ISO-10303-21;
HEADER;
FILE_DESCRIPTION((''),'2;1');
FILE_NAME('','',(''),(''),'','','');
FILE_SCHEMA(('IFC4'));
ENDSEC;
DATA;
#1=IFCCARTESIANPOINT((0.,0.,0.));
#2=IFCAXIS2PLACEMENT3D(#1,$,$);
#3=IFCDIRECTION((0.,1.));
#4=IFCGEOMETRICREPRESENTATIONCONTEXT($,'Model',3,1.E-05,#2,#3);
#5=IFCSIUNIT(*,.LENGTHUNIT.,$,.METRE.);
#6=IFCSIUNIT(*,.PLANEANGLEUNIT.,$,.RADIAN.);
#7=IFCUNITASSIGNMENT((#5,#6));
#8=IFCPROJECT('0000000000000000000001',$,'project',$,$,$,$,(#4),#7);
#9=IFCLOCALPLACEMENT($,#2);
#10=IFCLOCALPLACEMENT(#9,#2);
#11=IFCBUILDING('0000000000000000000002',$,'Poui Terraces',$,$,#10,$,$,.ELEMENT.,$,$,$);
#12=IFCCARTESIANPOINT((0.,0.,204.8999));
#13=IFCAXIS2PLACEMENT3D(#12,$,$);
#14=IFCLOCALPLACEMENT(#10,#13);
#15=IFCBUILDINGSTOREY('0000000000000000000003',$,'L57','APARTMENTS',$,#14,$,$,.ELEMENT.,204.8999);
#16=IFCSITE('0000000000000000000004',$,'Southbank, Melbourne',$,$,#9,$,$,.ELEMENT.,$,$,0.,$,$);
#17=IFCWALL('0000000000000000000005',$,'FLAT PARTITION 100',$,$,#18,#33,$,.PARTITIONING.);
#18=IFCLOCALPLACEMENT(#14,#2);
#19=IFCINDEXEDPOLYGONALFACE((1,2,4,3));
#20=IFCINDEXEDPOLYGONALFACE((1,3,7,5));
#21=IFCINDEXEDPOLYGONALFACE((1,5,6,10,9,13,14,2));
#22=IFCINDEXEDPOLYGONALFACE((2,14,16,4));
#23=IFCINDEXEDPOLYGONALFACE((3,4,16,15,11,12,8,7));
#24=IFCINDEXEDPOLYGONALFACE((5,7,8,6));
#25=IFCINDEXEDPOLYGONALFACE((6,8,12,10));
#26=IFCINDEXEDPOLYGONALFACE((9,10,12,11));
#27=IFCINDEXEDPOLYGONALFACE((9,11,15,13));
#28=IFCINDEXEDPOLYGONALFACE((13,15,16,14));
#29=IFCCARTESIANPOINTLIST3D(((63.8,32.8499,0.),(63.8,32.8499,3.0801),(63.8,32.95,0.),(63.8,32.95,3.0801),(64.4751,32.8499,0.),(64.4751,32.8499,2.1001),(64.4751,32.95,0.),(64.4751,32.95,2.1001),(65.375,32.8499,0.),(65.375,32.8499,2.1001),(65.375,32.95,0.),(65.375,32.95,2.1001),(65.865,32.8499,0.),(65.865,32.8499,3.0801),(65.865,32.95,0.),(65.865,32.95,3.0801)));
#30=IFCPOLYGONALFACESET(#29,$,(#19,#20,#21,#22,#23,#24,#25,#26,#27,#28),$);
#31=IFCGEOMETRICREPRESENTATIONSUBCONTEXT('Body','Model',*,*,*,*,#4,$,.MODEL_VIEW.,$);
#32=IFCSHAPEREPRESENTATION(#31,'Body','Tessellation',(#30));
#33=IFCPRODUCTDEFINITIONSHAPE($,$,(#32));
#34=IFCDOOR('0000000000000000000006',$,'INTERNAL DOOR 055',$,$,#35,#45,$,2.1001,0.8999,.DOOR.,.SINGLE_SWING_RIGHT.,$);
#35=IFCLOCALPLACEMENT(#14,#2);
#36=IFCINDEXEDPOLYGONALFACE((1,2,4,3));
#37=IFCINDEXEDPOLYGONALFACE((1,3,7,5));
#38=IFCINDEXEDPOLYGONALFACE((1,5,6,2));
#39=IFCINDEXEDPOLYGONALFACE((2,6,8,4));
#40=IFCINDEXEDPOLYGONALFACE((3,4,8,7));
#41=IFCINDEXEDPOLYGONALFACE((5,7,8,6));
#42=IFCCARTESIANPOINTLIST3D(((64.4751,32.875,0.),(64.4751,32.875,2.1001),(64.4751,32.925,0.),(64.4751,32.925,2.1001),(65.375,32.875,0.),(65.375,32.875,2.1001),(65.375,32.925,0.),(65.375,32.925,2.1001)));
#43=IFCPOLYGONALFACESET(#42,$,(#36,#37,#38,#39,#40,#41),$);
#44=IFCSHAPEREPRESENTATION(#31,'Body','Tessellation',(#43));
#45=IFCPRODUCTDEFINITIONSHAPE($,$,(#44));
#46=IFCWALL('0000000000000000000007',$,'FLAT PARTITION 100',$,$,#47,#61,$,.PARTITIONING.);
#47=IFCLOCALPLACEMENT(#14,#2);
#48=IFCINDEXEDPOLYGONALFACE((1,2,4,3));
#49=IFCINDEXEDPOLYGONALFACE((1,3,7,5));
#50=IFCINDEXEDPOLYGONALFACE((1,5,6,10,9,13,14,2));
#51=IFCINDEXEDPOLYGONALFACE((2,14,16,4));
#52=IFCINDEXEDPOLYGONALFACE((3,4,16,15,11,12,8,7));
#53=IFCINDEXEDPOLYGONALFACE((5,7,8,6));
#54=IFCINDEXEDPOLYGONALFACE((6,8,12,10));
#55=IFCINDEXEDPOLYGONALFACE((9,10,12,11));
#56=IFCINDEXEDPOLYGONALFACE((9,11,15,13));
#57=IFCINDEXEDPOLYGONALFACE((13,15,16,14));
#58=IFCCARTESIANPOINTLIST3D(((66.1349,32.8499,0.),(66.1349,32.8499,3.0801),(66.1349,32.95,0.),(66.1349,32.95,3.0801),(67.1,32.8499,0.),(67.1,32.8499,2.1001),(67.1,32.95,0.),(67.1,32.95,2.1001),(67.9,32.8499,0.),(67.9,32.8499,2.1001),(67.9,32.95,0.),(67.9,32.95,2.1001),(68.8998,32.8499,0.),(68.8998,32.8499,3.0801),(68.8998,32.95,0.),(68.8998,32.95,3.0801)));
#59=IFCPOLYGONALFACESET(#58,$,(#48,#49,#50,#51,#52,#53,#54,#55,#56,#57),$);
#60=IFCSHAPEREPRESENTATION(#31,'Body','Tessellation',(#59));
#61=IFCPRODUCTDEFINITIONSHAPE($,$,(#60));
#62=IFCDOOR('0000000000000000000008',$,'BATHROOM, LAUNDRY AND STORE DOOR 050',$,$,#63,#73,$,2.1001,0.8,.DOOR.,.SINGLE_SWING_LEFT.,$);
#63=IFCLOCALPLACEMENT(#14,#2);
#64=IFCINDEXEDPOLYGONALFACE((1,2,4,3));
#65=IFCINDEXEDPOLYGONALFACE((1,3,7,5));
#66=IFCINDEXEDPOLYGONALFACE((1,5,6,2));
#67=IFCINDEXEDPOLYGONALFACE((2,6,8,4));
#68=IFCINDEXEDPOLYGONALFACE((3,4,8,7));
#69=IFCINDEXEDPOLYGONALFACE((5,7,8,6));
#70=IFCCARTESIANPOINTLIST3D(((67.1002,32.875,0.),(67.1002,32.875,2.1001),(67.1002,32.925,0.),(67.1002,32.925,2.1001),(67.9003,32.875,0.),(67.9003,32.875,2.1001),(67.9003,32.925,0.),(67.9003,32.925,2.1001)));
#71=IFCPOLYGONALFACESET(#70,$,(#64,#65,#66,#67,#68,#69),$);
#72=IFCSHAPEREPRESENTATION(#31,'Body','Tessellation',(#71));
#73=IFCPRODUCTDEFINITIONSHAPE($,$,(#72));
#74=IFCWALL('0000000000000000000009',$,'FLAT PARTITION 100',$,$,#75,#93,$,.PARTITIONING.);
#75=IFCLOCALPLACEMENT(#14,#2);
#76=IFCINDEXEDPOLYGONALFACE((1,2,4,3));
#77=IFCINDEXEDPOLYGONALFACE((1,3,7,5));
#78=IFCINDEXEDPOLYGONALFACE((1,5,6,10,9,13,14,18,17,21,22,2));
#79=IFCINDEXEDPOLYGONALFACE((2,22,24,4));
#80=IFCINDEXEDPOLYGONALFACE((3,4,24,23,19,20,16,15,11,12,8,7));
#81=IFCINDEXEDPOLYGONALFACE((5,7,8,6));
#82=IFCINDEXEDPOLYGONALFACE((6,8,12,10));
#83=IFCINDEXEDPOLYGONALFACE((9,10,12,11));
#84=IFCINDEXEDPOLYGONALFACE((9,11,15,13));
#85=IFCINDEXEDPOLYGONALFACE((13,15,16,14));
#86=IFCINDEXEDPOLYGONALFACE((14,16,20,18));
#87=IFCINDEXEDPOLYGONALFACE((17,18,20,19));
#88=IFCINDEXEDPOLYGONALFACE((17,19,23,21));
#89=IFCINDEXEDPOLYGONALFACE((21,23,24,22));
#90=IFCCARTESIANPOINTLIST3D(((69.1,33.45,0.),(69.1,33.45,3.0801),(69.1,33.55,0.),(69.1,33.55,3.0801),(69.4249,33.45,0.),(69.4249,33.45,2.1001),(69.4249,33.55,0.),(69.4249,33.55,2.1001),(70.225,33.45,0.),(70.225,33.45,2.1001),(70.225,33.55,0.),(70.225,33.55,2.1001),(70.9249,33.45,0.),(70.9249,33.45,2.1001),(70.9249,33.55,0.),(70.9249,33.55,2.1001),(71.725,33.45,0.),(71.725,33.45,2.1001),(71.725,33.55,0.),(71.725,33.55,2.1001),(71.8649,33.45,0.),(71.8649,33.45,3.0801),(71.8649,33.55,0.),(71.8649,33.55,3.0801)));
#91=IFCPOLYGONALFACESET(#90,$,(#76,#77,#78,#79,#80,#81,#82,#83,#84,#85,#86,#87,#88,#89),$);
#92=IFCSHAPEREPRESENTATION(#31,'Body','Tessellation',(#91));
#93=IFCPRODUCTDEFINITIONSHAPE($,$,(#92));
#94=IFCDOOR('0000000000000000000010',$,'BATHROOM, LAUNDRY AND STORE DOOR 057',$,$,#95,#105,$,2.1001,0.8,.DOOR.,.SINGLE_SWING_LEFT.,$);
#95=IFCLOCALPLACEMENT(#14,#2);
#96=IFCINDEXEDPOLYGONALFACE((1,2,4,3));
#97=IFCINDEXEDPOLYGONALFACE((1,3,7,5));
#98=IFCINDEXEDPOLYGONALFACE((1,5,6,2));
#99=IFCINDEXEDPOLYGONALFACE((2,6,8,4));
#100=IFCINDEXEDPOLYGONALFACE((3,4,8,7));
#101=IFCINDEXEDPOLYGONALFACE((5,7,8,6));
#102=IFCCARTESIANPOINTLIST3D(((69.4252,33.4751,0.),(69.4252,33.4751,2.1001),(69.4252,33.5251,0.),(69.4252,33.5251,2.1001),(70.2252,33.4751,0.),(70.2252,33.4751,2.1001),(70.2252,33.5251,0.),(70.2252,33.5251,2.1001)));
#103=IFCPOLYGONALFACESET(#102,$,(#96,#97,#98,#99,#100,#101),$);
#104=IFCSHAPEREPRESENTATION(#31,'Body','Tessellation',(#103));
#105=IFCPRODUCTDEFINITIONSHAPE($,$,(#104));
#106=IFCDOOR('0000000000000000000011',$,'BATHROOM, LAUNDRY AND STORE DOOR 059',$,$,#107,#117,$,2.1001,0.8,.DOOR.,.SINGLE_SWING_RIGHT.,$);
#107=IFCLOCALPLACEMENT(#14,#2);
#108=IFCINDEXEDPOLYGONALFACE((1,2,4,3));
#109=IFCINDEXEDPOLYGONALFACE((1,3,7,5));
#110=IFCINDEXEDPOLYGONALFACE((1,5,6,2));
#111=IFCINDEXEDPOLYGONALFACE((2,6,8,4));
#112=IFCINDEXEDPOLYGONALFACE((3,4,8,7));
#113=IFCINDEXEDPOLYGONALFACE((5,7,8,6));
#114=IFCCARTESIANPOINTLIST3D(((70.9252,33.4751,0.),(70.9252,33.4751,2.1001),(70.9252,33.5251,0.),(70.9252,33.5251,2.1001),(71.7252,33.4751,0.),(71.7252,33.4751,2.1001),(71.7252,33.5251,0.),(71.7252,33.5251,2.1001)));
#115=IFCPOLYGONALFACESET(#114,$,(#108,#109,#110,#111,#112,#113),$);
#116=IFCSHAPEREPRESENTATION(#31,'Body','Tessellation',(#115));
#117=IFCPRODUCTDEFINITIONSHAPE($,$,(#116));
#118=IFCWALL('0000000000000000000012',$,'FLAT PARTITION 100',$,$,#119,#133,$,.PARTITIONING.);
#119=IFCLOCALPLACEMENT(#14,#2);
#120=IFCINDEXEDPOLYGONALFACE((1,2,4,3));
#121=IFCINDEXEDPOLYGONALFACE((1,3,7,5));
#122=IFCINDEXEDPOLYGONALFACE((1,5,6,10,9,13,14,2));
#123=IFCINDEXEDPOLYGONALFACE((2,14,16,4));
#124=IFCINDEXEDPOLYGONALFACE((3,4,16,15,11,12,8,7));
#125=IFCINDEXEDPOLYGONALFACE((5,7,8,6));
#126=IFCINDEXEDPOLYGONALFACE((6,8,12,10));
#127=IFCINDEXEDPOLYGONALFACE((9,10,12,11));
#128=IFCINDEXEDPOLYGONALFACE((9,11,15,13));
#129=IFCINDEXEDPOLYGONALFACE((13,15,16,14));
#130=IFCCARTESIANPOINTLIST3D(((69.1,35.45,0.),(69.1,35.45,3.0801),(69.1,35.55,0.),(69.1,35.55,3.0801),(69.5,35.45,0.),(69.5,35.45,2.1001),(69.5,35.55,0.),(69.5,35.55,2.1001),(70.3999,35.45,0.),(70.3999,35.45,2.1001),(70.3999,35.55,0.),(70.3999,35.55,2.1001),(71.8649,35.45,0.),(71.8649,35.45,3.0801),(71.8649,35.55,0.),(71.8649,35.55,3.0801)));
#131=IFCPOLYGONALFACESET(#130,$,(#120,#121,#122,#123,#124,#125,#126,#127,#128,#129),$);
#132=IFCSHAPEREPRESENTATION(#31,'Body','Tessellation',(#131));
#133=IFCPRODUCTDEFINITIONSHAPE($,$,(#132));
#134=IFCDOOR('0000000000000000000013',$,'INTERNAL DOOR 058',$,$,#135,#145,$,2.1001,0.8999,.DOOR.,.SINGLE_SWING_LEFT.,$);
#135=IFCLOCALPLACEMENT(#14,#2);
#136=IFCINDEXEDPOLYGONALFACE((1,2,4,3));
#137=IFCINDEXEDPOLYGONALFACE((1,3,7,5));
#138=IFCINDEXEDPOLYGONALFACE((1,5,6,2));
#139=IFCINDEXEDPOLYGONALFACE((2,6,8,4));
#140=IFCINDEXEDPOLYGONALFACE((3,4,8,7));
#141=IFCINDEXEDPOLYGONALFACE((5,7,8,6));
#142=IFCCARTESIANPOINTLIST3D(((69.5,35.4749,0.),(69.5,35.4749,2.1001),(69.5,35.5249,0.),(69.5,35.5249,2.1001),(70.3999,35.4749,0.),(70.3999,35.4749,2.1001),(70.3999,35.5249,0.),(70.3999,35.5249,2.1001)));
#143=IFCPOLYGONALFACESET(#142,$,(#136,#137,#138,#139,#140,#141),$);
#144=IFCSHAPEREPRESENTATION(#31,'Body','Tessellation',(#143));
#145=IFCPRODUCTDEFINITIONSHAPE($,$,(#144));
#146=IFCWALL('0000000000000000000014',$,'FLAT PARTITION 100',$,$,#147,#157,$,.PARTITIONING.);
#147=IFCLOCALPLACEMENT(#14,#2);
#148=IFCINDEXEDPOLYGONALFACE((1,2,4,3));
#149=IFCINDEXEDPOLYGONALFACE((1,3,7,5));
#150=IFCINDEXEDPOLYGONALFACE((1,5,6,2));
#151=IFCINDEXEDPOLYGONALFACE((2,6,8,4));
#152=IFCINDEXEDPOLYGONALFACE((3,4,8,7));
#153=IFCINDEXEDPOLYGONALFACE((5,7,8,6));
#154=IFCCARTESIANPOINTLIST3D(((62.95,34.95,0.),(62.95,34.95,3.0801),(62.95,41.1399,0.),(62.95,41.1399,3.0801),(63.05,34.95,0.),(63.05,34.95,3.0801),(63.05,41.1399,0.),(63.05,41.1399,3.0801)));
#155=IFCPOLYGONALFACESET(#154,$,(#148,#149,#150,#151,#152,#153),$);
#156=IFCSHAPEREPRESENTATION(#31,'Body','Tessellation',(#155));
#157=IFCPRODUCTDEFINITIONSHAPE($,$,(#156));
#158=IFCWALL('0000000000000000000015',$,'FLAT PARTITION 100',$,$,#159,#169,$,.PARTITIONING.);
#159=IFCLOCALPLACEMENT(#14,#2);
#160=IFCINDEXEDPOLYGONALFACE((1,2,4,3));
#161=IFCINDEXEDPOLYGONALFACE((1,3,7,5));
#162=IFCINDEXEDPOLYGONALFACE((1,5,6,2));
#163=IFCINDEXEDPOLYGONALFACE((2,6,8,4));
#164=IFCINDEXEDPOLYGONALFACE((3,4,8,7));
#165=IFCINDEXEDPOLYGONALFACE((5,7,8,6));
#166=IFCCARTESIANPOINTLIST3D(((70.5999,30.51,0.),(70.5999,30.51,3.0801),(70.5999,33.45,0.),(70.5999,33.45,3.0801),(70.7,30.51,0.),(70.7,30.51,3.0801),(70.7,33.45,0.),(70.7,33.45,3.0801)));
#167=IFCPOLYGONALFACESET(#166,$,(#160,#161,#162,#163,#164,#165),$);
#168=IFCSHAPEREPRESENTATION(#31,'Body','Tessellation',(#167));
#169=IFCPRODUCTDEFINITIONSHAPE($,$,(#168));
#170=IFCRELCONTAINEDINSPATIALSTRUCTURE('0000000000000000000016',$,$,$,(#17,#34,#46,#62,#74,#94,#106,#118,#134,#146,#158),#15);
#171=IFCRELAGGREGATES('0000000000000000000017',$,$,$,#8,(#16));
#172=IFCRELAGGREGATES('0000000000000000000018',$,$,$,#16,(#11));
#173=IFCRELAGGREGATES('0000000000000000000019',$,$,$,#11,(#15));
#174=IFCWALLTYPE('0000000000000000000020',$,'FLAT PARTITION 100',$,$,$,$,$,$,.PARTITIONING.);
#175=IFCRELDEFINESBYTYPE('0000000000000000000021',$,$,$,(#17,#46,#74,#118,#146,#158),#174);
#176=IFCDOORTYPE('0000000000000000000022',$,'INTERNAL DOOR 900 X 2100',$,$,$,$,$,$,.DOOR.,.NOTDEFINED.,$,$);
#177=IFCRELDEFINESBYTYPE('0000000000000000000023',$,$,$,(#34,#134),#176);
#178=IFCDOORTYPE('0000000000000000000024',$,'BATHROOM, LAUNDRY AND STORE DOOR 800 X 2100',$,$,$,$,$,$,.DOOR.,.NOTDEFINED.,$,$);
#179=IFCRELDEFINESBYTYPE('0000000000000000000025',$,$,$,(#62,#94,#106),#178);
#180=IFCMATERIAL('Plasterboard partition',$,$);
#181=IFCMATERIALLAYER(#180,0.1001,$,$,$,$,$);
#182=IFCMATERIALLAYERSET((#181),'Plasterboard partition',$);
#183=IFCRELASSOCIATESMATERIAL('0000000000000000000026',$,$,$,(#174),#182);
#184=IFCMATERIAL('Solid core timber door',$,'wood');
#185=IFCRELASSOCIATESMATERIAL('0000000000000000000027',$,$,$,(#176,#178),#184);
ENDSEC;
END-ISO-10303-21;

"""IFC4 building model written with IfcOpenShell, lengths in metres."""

from ifc_helpers import new_model, si_unit, direction, frame, frame_2d, origin, place, context, subcontext, project, spatial, rectangle, extrude, material, layer, layer_set, type_object, element, fill, save


model = new_model("IFC4")

# Units and contexts
model_context = context("Model", 3, precision=1e-05, world=origin(), true_north=direction((0.0, 1.0)))
body_context = subcontext(model_context, "Body", "Model", "MODEL_VIEW")
ifc_project = project(units=[si_unit("LENGTHUNIT", "METRE"), si_unit("PLANEANGLEUNIT", "RADIAN")], contexts=[model_context])

# Site, building, storey
site_placement = place(None, origin())
site = spatial("IfcSite", under=ifc_project, at=site_placement, Name="Southbank, Melbourne", CompositionType="ELEMENT", RefElevation=0.0)
building_placement = place(site_placement, origin())
building = spatial("IfcBuilding", under=site, at=building_placement, Name="Poui Terraces", CompositionType="ELEMENT")
storey_placement = place(building_placement, frame((0.0, 0.0, 204.8999)))
storey = spatial("IfcBuildingStorey", under=building, at=storey_placement, Name="L57", Description="APARTMENTS", CompositionType="ELEMENT", Elevation=204.8999)

# Walls, openings, doors
ifc_material_1 = material(Name="Plasterboard partition")
ifc_layer_1 = layer(ifc_material_1, 0.1001)
ifc_layer_set_1 = layer_set([ifc_layer_1], Name="Plasterboard partition")
wall_type_1 = type_object("IfcWallType", Name="FLAT PARTITION 100", PredefinedType="PARTITIONING", material=ifc_layer_set_1)
wall_1_placement = place(storey_placement, frame((63.8, 32.8999, 0.0), z_axis=(0.0, 0.0, 1.0), x_axis=(1.0, 0.0, 0.0)))
wall_1 = element("IfcWall", 1, at=wall_1_placement, inside=storey, type_object=wall_type_1, Name="FLAT PARTITION 100", PredefinedType="PARTITIONING", context=body_context, shape_type="SweptSolid", body=[
    extrude(rectangle(XDim=2.0649, YDim=0.1001, at=frame_2d((1.0325, 0.0))), origin(), (0.0, 0.0, 1.0), 3.0801),
])
opening_1_placement = place(wall_1_placement, frame((0.675, 0.0, 0.0)))
opening_1 = element("IfcOpeningElement", 2, at=opening_1_placement, cuts=wall_1, PredefinedType="OPENING", context=body_context, shape_type="SweptSolid", body=[
    extrude(rectangle(XDim=0.8999, YDim=2.1001, at=frame_2d((0.45, 1.05))), frame((0.0, 0.0601, 0.0), z_axis=(0.0, -1.0, 0.0), x_axis=(1.0, 0.0, 0.0)), (0.0, 0.0, 1.0), 0.1201),
])
ifc_material_2 = material(Name="Solid core timber door", Category="wood")
door_type_1 = type_object("IfcDoorType", Name="INTERNAL DOOR 900 X 2100", OperationType="NOTDEFINED", PredefinedType="DOOR", material=ifc_material_2)
door_1_placement = place(opening_1_placement, frame((0.8999, 0.0, 0.0), z_axis=(0.0, 0.0, 1.0), x_axis=(-1.0, 0.0, 0.0)))
door_1 = element("IfcDoor", 3, at=door_1_placement, inside=storey, type_object=door_type_1, Name="INTERNAL DOOR 055", OperationType="SINGLE_SWING_RIGHT", OverallHeight=2.1001, OverallWidth=0.8999, PredefinedType="DOOR", context=body_context, shape_type="SweptSolid", body=[
    extrude(rectangle(XDim=0.8999, YDim=2.1001, at=frame_2d((0.45, 1.05))), frame((0.0, 0.0249, 0.0), z_axis=(0.0, -1.0, 0.0), x_axis=(1.0, 0.0, 0.0)), (0.0, 0.0, 1.0), 0.05),
])
fill(opening_1, door_1)
wall_2_placement = place(storey_placement, frame((66.135, 32.8999, 0.0), z_axis=(0.0, 0.0, 1.0), x_axis=(1.0, 0.0, 0.0)))
wall_2 = element("IfcWall", 4, at=wall_2_placement, inside=storey, type_object=wall_type_1, Name="FLAT PARTITION 100", PredefinedType="PARTITIONING", context=body_context, shape_type="SweptSolid", body=[
    extrude(rectangle(XDim=2.7649, YDim=0.1001, at=frame_2d((1.3823, 0.0))), origin(), (0.0, 0.0, 1.0), 3.0801),
])
opening_2_placement = place(wall_2_placement, frame((0.9651, 0.0, 0.0)))
opening_2 = element("IfcOpeningElement", 5, at=opening_2_placement, cuts=wall_2, PredefinedType="OPENING", context=body_context, shape_type="SweptSolid", body=[
    extrude(rectangle(XDim=0.8, YDim=2.1001, at=frame_2d((0.3999, 1.05))), frame((0.0, 0.0601, 0.0), z_axis=(0.0, -1.0, 0.0), x_axis=(1.0, 0.0, 0.0)), (0.0, 0.0, 1.0), 0.1201),
])
door_type_2 = type_object("IfcDoorType", Name="BATHROOM, LAUNDRY AND STORE DOOR 800 X 2100", OperationType="NOTDEFINED", PredefinedType="DOOR", material=ifc_material_2)
door_2_placement = place(opening_2_placement, frame((0.8, 0.0, 0.0), z_axis=(0.0, 0.0, 1.0), x_axis=(-1.0, 0.0, 0.0)))
door_2 = element("IfcDoor", 6, at=door_2_placement, inside=storey, type_object=door_type_2, Name="BATHROOM, LAUNDRY AND STORE DOOR 050", OperationType="SINGLE_SWING_LEFT", OverallHeight=2.1001, OverallWidth=0.8, PredefinedType="DOOR", context=body_context, shape_type="SweptSolid", body=[
    extrude(rectangle(XDim=0.8, YDim=2.1001, at=frame_2d((0.3999, 1.05))), frame((0.0, 0.0249, 0.0), z_axis=(0.0, -1.0, 0.0), x_axis=(1.0, 0.0, 0.0)), (0.0, 0.0, 1.0), 0.05),
])
fill(opening_2, door_2)

# Wall, openings, doors
wall_3_placement = place(storey_placement, frame((69.1001, 33.5, 0.0), z_axis=(0.0, 0.0, 1.0), x_axis=(1.0, 0.0, 0.0)))
wall_3 = element("IfcWall", 7, at=wall_3_placement, inside=storey, type_object=wall_type_1, Name="FLAT PARTITION 100", PredefinedType="PARTITIONING", context=body_context, shape_type="SweptSolid", body=[
    extrude(rectangle(XDim=2.7649, YDim=0.1001, at=frame_2d((1.3823, 0.0))), origin(), (0.0, 0.0, 1.0), 3.0801),
])
opening_3_placement = place(wall_3_placement, frame((0.325, 0.0, 0.0)))
opening_3 = element("IfcOpeningElement", 8, at=opening_3_placement, cuts=wall_3, PredefinedType="OPENING", context=body_context, shape_type="SweptSolid", body=[
    extrude(rectangle(XDim=0.8, YDim=2.1001, at=frame_2d((0.3999, 1.05))), frame((0.0, 0.0601, 0.0), z_axis=(0.0, -1.0, 0.0), x_axis=(1.0, 0.0, 0.0)), (0.0, 0.0, 1.0), 0.1201),
])
opening_4_placement = place(wall_3_placement, frame((1.825, 0.0, 0.0)))
opening_4 = element("IfcOpeningElement", 9, at=opening_4_placement, cuts=wall_3, PredefinedType="OPENING", context=body_context, shape_type="SweptSolid", body=[
    extrude(rectangle(XDim=0.8, YDim=2.1001, at=frame_2d((0.3999, 1.05))), frame((0.0, 0.0601, 0.0), z_axis=(0.0, -1.0, 0.0), x_axis=(1.0, 0.0, 0.0)), (0.0, 0.0, 1.0), 0.1201),
])
door_3_placement = place(opening_3_placement, frame((0.8, 0.0, 0.0), z_axis=(0.0, 0.0, 1.0), x_axis=(-1.0, 0.0, 0.0)))
door_3 = element("IfcDoor", 10, at=door_3_placement, inside=storey, type_object=door_type_2, Name="BATHROOM, LAUNDRY AND STORE DOOR 057", OperationType="SINGLE_SWING_LEFT", OverallHeight=2.1001, OverallWidth=0.8, PredefinedType="DOOR", context=body_context, shape_type="SweptSolid", body=[
    extrude(rectangle(XDim=0.8, YDim=2.1001, at=frame_2d((0.3999, 1.05))), frame((0.0, 0.0249, 0.0), z_axis=(0.0, -1.0, 0.0), x_axis=(1.0, 0.0, 0.0)), (0.0, 0.0, 1.0), 0.05),
])
fill(opening_3, door_3)
door_4_placement = place(opening_4_placement, frame((0.8, 0.0, 0.0), z_axis=(0.0, 0.0, 1.0), x_axis=(-1.0, 0.0, 0.0)))
door_4 = element("IfcDoor", 11, at=door_4_placement, inside=storey, type_object=door_type_2, Name="BATHROOM, LAUNDRY AND STORE DOOR 059", OperationType="SINGLE_SWING_RIGHT", OverallHeight=2.1001, OverallWidth=0.8, PredefinedType="DOOR", context=body_context, shape_type="SweptSolid", body=[
    extrude(rectangle(XDim=0.8, YDim=2.1001, at=frame_2d((0.3999, 1.05))), frame((0.0, 0.0249, 0.0), z_axis=(0.0, -1.0, 0.0), x_axis=(1.0, 0.0, 0.0)), (0.0, 0.0, 1.0), 0.05),
])
fill(opening_4, door_4)

# Wall, opening, door
wall_4_placement = place(storey_placement, frame((69.1001, 35.5, 0.0), z_axis=(0.0, 0.0, 1.0), x_axis=(1.0, 0.0, 0.0)))
wall_4 = element("IfcWall", 12, at=wall_4_placement, inside=storey, type_object=wall_type_1, Name="FLAT PARTITION 100", PredefinedType="PARTITIONING", context=body_context, shape_type="SweptSolid", body=[
    extrude(rectangle(XDim=2.7649, YDim=0.1001, at=frame_2d((1.3823, 0.0))), origin(), (0.0, 0.0, 1.0), 3.0801),
])
opening_5_placement = place(wall_4_placement, frame((0.3999, 0.0, 0.0)))
opening_5 = element("IfcOpeningElement", 13, at=opening_5_placement, cuts=wall_4, PredefinedType="OPENING", context=body_context, shape_type="SweptSolid", body=[
    extrude(rectangle(XDim=0.8999, YDim=2.1001, at=frame_2d((0.45, 1.05))), frame((0.0, 0.0601, 0.0), z_axis=(0.0, -1.0, 0.0), x_axis=(1.0, 0.0, 0.0)), (0.0, 0.0, 1.0), 0.1201),
])
door_5_placement = place(opening_5_placement, origin())
door_5 = element("IfcDoor", 14, at=door_5_placement, inside=storey, type_object=door_type_1, Name="INTERNAL DOOR 058", OperationType="SINGLE_SWING_LEFT", OverallHeight=2.1001, OverallWidth=0.8999, PredefinedType="DOOR", context=body_context, shape_type="SweptSolid", body=[
    extrude(rectangle(XDim=0.8999, YDim=2.1001, at=frame_2d((0.45, 1.05))), frame((0.0, 0.0249, 0.0), z_axis=(0.0, -1.0, 0.0), x_axis=(1.0, 0.0, 0.0)), (0.0, 0.0, 1.0), 0.05),
])
fill(opening_5, door_5)

# Walls
wall_5_placement = place(storey_placement, frame((63.0, 34.95, 0.0), z_axis=(0.0, 0.0, 1.0), x_axis=(0.0, 1.0, 0.0)))
element("IfcWall", 15, at=wall_5_placement, inside=storey, type_object=wall_type_1, Name="FLAT PARTITION 100", PredefinedType="PARTITIONING", context=body_context, shape_type="SweptSolid", body=[
    extrude(rectangle(XDim=6.1899, YDim=0.1001, at=frame_2d((3.095, 0.0))), origin(), (0.0, 0.0, 1.0), 3.0801),
])
wall_6_placement = place(storey_placement, frame((70.6499, 30.51, 0.0), z_axis=(0.0, 0.0, 1.0), x_axis=(0.0, 1.0, 0.0)))
element("IfcWall", 16, at=wall_6_placement, inside=storey, type_object=wall_type_1, Name="FLAT PARTITION 100", PredefinedType="PARTITIONING", context=body_context, shape_type="SweptSolid", body=[
    extrude(rectangle(XDim=2.9399, YDim=0.1001, at=frame_2d((1.47, 0.0))), origin(), (0.0, 0.0, 1.0), 3.0801),
])

save(model, "model.ifc")
